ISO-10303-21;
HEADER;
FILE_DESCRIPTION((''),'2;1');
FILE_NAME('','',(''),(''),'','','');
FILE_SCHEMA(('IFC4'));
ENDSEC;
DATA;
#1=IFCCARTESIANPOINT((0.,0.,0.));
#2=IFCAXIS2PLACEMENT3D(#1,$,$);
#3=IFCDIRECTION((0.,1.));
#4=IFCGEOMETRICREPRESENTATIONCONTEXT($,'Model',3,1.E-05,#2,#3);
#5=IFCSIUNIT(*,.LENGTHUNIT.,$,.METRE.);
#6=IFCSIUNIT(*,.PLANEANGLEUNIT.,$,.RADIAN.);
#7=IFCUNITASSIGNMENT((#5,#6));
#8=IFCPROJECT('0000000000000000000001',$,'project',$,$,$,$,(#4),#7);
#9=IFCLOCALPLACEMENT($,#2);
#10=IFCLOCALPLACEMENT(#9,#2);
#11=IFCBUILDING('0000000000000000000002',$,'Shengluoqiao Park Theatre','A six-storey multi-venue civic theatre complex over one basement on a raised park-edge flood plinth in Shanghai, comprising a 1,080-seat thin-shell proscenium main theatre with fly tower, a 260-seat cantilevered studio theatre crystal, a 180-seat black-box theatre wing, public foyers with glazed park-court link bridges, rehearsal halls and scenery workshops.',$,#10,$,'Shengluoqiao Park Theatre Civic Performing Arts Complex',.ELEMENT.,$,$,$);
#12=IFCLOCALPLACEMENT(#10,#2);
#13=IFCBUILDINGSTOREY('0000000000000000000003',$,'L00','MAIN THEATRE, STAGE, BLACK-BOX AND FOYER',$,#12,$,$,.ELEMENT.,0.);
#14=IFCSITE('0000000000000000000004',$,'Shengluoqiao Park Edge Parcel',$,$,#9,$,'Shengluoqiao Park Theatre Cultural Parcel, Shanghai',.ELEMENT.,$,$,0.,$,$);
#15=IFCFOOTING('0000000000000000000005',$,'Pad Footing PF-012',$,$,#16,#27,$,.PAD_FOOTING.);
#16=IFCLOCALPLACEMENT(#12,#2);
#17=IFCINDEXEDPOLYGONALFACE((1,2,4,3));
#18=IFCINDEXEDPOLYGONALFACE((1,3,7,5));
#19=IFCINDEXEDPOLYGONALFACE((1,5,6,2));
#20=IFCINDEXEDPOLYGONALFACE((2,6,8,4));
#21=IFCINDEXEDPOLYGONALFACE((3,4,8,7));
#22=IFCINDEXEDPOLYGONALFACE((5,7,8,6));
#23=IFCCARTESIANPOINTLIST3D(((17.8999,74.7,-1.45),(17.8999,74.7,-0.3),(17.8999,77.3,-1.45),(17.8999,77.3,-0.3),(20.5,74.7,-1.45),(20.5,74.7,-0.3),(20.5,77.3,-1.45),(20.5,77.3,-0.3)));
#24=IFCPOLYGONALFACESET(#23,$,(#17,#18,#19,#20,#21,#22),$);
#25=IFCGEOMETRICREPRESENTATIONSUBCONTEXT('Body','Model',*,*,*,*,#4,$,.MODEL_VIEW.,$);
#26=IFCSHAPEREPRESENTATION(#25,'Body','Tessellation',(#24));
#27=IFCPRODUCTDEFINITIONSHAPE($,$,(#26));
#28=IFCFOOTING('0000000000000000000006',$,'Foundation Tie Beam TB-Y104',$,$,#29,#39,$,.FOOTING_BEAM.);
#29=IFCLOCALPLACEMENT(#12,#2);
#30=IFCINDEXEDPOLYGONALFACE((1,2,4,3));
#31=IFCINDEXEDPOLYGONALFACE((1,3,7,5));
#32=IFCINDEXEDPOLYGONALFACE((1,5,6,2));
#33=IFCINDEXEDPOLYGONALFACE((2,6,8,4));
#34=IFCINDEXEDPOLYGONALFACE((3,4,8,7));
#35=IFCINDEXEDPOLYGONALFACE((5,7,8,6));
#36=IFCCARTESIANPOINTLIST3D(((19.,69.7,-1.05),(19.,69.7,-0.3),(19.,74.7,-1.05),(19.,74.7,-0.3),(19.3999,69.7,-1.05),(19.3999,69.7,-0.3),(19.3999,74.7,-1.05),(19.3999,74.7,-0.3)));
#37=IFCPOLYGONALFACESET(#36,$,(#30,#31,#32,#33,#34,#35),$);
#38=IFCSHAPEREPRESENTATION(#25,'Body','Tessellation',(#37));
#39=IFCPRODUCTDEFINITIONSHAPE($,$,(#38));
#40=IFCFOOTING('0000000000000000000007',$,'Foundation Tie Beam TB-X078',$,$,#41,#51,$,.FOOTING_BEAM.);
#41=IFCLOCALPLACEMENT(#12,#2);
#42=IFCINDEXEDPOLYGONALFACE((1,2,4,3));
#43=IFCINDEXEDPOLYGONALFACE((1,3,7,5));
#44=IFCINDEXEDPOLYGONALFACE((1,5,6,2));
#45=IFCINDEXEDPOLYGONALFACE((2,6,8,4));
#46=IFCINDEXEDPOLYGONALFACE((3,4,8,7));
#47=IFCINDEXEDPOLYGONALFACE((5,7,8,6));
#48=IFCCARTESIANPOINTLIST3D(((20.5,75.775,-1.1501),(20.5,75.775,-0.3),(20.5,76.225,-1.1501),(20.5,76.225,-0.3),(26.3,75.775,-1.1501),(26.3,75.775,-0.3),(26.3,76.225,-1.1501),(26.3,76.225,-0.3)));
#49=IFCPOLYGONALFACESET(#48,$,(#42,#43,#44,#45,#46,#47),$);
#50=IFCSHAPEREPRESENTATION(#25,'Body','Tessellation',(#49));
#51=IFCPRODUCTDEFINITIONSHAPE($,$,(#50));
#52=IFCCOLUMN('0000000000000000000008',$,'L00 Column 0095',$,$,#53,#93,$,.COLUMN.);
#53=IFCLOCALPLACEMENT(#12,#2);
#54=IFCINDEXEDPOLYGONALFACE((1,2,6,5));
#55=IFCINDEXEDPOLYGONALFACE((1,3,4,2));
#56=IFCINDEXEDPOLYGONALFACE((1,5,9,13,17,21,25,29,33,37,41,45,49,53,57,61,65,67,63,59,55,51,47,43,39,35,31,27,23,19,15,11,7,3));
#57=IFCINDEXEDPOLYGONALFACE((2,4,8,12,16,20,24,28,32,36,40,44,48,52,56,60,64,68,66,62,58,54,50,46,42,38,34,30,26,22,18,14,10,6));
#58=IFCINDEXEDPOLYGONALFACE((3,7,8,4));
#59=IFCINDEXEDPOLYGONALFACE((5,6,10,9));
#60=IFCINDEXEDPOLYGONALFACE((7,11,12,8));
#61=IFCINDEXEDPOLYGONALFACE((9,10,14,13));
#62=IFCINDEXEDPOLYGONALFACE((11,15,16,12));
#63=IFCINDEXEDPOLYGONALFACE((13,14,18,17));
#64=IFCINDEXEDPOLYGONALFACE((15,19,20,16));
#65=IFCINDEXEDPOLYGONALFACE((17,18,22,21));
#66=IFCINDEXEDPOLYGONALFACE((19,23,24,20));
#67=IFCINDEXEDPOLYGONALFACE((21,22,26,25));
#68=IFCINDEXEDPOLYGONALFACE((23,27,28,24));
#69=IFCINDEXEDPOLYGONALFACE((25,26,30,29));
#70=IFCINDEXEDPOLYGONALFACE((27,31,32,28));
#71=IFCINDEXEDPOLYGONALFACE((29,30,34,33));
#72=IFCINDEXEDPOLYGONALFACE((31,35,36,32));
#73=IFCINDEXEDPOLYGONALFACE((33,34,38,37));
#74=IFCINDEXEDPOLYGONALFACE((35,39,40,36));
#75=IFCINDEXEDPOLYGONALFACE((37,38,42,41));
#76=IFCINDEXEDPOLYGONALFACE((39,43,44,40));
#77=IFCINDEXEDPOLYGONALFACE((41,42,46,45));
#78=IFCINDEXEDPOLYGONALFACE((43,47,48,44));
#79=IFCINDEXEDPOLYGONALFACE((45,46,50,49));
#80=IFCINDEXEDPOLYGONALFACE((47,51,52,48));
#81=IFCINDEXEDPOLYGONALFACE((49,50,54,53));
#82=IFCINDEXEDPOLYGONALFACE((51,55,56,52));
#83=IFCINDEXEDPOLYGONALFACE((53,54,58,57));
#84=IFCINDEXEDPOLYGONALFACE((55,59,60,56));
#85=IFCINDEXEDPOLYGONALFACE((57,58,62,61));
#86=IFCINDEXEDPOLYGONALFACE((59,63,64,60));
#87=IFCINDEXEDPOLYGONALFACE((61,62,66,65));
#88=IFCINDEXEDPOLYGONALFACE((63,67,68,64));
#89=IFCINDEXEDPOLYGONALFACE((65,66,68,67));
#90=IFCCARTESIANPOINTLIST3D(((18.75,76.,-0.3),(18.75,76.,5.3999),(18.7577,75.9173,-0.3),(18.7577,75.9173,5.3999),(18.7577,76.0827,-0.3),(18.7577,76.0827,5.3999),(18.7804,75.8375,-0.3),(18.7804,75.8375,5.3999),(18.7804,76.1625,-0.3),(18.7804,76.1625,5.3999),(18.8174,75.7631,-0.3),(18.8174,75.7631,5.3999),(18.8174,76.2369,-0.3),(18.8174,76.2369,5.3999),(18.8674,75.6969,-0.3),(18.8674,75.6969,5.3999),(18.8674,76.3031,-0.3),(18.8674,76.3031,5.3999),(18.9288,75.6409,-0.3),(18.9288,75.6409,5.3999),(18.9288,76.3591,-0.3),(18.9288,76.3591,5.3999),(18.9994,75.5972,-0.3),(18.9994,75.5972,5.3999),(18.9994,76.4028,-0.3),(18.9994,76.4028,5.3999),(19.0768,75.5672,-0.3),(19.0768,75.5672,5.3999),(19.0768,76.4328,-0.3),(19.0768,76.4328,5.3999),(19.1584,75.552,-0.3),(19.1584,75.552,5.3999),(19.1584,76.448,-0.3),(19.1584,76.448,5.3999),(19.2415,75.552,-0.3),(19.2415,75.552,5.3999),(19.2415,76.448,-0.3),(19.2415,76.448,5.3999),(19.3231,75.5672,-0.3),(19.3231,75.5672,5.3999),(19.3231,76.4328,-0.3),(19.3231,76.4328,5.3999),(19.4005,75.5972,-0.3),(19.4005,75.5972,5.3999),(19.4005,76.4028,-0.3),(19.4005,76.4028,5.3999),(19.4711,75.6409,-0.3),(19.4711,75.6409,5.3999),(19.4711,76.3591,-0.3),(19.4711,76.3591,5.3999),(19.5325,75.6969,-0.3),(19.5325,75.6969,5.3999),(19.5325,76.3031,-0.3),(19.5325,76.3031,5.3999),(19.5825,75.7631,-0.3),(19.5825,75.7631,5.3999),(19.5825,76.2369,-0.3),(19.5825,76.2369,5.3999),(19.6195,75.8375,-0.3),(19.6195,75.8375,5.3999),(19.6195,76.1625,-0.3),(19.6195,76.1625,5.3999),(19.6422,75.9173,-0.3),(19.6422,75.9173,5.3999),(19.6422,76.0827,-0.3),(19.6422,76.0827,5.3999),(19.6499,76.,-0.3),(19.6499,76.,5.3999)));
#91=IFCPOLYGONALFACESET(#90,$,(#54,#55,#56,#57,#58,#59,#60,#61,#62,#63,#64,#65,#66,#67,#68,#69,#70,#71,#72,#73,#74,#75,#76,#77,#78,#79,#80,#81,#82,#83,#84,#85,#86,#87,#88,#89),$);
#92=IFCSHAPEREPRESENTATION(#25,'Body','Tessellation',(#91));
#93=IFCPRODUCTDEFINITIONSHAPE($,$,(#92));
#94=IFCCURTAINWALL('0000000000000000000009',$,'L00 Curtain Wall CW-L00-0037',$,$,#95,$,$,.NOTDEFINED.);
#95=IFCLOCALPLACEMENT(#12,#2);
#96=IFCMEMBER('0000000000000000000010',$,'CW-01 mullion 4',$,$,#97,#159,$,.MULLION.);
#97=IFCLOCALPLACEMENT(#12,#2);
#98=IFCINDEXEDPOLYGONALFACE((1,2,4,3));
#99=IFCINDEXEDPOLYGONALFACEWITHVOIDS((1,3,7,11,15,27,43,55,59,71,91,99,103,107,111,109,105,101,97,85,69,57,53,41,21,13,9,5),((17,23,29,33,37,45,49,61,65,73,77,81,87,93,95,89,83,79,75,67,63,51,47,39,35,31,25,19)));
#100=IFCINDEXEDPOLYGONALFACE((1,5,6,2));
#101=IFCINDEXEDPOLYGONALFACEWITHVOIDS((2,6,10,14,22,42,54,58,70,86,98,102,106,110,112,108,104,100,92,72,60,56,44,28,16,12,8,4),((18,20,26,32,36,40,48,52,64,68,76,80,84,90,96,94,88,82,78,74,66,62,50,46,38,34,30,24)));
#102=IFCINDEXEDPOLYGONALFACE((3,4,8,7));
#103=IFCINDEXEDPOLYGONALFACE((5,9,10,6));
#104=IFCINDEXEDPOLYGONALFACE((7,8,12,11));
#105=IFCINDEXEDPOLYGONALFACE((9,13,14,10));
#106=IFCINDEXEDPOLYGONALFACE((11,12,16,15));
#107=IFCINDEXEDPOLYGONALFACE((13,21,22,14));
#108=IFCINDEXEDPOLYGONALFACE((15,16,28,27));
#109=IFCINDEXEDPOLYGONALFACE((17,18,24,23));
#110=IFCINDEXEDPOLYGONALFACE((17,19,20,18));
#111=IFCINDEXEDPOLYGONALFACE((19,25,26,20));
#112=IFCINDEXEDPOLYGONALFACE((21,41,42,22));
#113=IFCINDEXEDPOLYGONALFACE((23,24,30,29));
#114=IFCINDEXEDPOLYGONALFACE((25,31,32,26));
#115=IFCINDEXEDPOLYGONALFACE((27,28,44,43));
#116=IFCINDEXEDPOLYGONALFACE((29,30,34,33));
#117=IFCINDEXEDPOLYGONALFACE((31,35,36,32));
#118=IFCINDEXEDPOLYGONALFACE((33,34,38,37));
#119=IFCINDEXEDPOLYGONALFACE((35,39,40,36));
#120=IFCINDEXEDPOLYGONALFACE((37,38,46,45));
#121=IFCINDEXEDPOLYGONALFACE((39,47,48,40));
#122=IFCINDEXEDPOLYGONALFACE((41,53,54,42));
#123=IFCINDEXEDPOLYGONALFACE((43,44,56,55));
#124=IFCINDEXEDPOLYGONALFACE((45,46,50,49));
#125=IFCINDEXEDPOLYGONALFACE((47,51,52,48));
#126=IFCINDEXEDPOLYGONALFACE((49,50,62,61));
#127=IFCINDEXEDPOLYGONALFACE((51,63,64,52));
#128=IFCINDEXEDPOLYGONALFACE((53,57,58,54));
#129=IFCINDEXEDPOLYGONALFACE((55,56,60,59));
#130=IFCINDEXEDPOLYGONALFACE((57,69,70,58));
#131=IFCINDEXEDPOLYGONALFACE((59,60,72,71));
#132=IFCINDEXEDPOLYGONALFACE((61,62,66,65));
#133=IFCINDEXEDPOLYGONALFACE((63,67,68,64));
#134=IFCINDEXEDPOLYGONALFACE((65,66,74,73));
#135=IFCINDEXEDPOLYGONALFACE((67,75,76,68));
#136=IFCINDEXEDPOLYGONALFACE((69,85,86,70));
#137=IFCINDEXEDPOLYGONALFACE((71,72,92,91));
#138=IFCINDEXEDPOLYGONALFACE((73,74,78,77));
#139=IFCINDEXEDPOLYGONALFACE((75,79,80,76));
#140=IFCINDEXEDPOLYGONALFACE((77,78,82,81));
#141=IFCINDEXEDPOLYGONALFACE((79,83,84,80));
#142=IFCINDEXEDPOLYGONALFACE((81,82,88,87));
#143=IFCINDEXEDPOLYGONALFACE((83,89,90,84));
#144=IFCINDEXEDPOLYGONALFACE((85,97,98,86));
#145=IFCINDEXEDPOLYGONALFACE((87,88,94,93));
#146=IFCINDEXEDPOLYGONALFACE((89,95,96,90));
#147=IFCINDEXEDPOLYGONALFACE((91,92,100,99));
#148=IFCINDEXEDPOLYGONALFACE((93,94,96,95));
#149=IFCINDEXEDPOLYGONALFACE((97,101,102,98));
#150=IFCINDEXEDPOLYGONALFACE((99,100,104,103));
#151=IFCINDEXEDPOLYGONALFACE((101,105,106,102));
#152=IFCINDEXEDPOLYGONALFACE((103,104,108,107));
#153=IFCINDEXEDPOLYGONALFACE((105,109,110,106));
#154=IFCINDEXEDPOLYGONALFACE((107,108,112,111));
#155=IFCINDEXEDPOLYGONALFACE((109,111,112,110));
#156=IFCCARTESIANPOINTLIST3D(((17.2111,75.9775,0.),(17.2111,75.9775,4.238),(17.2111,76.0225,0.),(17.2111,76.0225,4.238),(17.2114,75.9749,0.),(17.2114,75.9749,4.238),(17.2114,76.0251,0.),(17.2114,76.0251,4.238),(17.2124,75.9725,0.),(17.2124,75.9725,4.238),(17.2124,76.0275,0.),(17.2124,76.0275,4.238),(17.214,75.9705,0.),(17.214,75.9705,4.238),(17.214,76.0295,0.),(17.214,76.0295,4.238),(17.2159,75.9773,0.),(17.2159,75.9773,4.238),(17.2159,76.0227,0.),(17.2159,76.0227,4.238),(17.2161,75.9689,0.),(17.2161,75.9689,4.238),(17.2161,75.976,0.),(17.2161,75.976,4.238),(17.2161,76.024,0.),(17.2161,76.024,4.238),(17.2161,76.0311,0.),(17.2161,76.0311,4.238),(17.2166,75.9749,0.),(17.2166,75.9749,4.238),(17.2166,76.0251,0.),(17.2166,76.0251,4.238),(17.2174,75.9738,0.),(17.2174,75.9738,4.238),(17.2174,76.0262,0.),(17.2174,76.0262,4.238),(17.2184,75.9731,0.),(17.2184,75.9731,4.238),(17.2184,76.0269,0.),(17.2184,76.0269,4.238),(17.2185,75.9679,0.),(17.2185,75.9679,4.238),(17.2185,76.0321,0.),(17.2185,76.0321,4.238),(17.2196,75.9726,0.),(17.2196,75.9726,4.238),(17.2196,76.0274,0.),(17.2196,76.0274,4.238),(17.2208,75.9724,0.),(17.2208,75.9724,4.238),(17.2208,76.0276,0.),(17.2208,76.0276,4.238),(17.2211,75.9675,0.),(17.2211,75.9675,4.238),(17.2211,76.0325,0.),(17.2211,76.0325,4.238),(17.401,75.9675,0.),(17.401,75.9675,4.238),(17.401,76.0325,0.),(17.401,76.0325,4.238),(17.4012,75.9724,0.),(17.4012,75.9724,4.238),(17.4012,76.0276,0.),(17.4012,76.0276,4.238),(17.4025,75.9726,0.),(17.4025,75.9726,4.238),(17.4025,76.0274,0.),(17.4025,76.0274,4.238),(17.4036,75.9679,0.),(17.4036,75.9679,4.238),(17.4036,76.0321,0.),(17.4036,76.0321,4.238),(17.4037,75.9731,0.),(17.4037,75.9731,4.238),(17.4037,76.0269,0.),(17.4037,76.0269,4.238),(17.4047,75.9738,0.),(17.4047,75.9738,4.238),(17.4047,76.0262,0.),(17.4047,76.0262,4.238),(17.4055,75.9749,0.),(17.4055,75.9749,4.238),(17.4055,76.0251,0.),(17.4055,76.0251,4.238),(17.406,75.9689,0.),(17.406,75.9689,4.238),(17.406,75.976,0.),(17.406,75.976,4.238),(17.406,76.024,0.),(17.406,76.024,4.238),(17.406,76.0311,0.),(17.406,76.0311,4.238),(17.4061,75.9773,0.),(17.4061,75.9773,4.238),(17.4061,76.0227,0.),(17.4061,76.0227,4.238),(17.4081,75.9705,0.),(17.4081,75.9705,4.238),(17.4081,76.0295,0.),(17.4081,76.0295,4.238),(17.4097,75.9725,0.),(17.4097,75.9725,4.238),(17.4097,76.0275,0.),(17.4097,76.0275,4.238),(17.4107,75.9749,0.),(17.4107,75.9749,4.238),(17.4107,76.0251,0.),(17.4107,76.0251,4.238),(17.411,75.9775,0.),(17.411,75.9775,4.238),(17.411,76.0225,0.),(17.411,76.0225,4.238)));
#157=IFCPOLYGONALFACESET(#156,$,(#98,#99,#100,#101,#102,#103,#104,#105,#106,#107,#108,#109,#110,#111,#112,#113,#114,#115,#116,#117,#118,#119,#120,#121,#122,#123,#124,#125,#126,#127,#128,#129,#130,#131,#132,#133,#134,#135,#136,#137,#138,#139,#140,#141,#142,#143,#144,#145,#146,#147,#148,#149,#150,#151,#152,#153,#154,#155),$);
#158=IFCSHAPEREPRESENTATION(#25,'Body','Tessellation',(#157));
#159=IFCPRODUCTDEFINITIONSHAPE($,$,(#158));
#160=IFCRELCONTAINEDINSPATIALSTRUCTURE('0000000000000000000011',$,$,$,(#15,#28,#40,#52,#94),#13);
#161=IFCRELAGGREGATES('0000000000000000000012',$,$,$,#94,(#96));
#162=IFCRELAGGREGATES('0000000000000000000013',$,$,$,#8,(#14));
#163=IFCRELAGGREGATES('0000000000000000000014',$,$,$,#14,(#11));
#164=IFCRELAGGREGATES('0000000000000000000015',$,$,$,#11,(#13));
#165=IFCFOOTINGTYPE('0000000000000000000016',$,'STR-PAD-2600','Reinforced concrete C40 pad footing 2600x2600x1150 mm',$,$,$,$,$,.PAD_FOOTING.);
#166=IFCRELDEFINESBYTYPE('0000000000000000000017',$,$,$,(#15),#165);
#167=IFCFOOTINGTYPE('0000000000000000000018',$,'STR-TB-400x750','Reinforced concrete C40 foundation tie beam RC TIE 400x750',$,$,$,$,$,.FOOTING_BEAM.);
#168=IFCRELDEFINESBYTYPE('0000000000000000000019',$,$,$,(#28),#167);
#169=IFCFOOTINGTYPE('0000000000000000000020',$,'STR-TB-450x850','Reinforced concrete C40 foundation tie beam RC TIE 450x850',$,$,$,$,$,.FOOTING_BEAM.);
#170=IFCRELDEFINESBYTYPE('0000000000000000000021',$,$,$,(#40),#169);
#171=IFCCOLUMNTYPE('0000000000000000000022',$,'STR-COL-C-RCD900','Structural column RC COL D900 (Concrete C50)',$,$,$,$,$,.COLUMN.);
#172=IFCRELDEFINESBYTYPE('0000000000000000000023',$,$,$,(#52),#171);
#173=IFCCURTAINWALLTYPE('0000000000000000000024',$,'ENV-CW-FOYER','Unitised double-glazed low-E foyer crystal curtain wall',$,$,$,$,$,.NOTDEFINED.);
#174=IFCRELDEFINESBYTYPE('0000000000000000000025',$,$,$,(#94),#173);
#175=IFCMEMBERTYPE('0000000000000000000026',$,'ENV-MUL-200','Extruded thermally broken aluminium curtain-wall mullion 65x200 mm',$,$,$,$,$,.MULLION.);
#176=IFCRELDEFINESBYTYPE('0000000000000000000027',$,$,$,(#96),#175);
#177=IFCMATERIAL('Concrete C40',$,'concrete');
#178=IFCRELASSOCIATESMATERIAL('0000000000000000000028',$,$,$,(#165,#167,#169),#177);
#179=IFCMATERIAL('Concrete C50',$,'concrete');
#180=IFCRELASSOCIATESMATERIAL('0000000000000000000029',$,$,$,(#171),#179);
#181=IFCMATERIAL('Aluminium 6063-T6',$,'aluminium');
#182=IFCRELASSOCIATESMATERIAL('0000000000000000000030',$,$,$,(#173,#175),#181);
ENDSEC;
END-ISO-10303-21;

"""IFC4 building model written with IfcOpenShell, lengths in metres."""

from ifc_helpers import new_model, si_unit, direction, frame, origin, origin_2d, place, context, subcontext, project, spatial, rectangle, hollow_rectangle, circle, extrude, material, material_profile, profile_set, type_object, element, aggregate, save


model = new_model("IFC4")

# Units and contexts
model_context = context("Model", 3, precision=1e-05, world=origin(), true_north=direction((0.0, 1.0)))
body_context = subcontext(model_context, "Body", "Model", "MODEL_VIEW")
ifc_project = project(units=[si_unit("LENGTHUNIT", "METRE"), si_unit("PLANEANGLEUNIT", "RADIAN")], contexts=[model_context])

# Site, building, storey
site_placement = place(None, origin())
site = spatial("IfcSite", under=ifc_project, at=site_placement, Name="Shengluoqiao Park Edge Parcel", LongName="Shengluoqiao Park Theatre Cultural Parcel, Shanghai", CompositionType="ELEMENT", RefElevation=0.0)
building_placement = place(site_placement, origin())
building = spatial("IfcBuilding", under=site, at=building_placement, Name="Shengluoqiao Park Theatre", Description="A six-storey multi-venue civic theatre complex over one basement on a raised park-edge flood plinth in Shanghai, comprising a 1,080-seat thin-shell proscenium main theatre with fly tower, a 260-seat cantilevered studio theatre crystal, a 180-seat black-box theatre wing, public foyers with glazed park-court link bridges, rehearsal halls and scenery workshops.", LongName="Shengluoqiao Park Theatre Civic Performing Arts Complex", CompositionType="ELEMENT")
storey_placement = place(building_placement, origin())
storey = spatial("IfcBuildingStorey", under=building, at=storey_placement, Name="L00", Description="MAIN THEATRE, STAGE, BLACK-BOX AND FOYER", CompositionType="ELEMENT", Elevation=0.0)

# Footings
ifc_material_1 = material(Name="Concrete C40", Category="concrete")
footing_type_1 = type_object("IfcFootingType", Name="STR-PAD-2600", Description="Reinforced concrete C40 pad footing 2600x2600x1150 mm", PredefinedType="PAD_FOOTING", material=ifc_material_1)
footing_1_placement = place(storey_placement, frame((19.2, 76.0, -1.45), z_axis=(0.0, 0.0, 1.0), x_axis=(1.0, 0.0, 0.0)))
element("IfcFooting", 1, at=footing_1_placement, inside=storey, type_object=footing_type_1, Name="Pad Footing PF-012", PredefinedType="PAD_FOOTING", context=body_context, shape_type="SweptSolid", body=[
    extrude(rectangle(XDim=2.6001, YDim=2.6001, at=origin_2d()), origin(), (0.0, 0.0, 1.0), 1.1499),
])
ifc_material_profile_1 = material_profile(ifc_material_1, rectangle(XDim=0.3999, YDim=0.75, at=origin_2d()), Name="RC TIE 400x750")
ifc_profile_set_1 = profile_set([ifc_material_profile_1], Name="Concrete C40")
footing_type_2 = type_object("IfcFootingType", Name="STR-TB-400x750", Description="Reinforced concrete C40 foundation tie beam RC TIE 400x750", PredefinedType="FOOTING_BEAM", material=ifc_profile_set_1)
footing_2_placement = place(storey_placement, frame((19.2, 69.7, -0.675), z_axis=(0.0, 1.0, 0.0), x_axis=(-1.0, 0.0, 0.0)))
element("IfcFooting", 2, at=footing_2_placement, inside=storey, type_object=footing_type_2, Name="Foundation Tie Beam TB-Y104", PredefinedType="FOOTING_BEAM", context=body_context, shape_type="SweptSolid", body=[
    extrude(rectangle(XDim=0.3999, YDim=0.75, at=origin_2d()), origin(), (0.0, 0.0, 1.0), 5.0),
])
ifc_material_profile_2 = material_profile(ifc_material_1, rectangle(XDim=0.45, YDim=0.8501, at=origin_2d()), Name="RC TIE 450x850")
ifc_profile_set_2 = profile_set([ifc_material_profile_2], Name="Concrete C40")
footing_type_3 = type_object("IfcFootingType", Name="STR-TB-450x850", Description="Reinforced concrete C40 foundation tie beam RC TIE 450x850", PredefinedType="FOOTING_BEAM", material=ifc_profile_set_2)
footing_3_placement = place(storey_placement, frame((20.5, 76.0, -0.7251), z_axis=(1.0, 0.0, 0.0), x_axis=(0.0, 1.0, 0.0)))
element("IfcFooting", 3, at=footing_3_placement, inside=storey, type_object=footing_type_3, Name="Foundation Tie Beam TB-X078", PredefinedType="FOOTING_BEAM", context=body_context, shape_type="SweptSolid", body=[
    extrude(rectangle(XDim=0.45, YDim=0.8501, at=origin_2d()), origin(), (0.0, 0.0, 1.0), 5.8),
])

# Column
ifc_material_2 = material(Name="Concrete C50", Category="concrete")
ifc_material_profile_3 = material_profile(ifc_material_2, circle(Radius=0.45, at=origin_2d()), Name="RC COL D900")
ifc_profile_set_3 = profile_set([ifc_material_profile_3], Name="Concrete C50")
column_type = type_object("IfcColumnType", Name="STR-COL-C-RCD900", Description="Structural column RC COL D900 (Concrete C50)", PredefinedType="COLUMN", material=ifc_profile_set_3)
column_placement = place(storey_placement, frame((19.2, 76.0, -0.3), z_axis=(0.0, 0.0, 1.0), x_axis=(1.0, 0.0, 0.0)))
element("IfcColumn", 4, at=column_placement, inside=storey, type_object=column_type, Name="L00 Column 0095", PredefinedType="COLUMN", context=body_context, shape_type="SweptSolid", body=[
    extrude(circle(Radius=0.45, at=origin_2d()), origin(), (0.0, 0.0, 1.0), 5.7),
])

# Curtain wall, member
ifc_material_3 = material(Name="Aluminium 6063-T6", Category="aluminium")
curtain_wall_type = type_object("IfcCurtainWallType", Name="ENV-CW-FOYER", Description="Unitised double-glazed low-E foyer crystal curtain wall", PredefinedType="NOTDEFINED", material=ifc_material_3)
curtain_wall_placement = place(storey_placement, origin())
curtain_wall = element("IfcCurtainWall", 5, at=curtain_wall_placement, inside=storey, type_object=curtain_wall_type, Name="L00 Curtain Wall CW-L00-0037", PredefinedType="NOTDEFINED")
ifc_material_profile_4 = material_profile(ifc_material_3, hollow_rectangle(XDim=0.0649, YDim=0.2, WallThickness=0.0049, InnerFilletRadius=0.0049, OuterFilletRadius=0.01, at=origin_2d()), Name="ALU MULLION 200x65x5")
ifc_profile_set_4 = profile_set([ifc_material_profile_4], Name="Aluminium 6063-T6")
member_type_1 = type_object("IfcMemberType", Name="ENV-MUL-200", Description="Extruded thermally broken aluminium curtain-wall mullion 65x200 mm", PredefinedType="MULLION", material=ifc_profile_set_4)
member_1_placement = place(storey_placement, frame((17.311, 76.0, 0.0), z_axis=(0.0, 0.0, 1.0), x_axis=(0.0, 1.0, 0.0)))
member_1 = element("IfcMember", 6, at=member_1_placement, type_object=member_type_1, Name="CW-01 mullion 4", PredefinedType="MULLION", context=body_context, shape_type="SweptSolid", body=[
    extrude(hollow_rectangle(XDim=0.0649, YDim=0.2, WallThickness=0.0049, InnerFilletRadius=0.0049, OuterFilletRadius=0.01, at=origin_2d()), origin(), (0.0, 0.0, 1.0), 4.238),
])
aggregate(curtain_wall, [member_1])

save(model, "model.ifc")
